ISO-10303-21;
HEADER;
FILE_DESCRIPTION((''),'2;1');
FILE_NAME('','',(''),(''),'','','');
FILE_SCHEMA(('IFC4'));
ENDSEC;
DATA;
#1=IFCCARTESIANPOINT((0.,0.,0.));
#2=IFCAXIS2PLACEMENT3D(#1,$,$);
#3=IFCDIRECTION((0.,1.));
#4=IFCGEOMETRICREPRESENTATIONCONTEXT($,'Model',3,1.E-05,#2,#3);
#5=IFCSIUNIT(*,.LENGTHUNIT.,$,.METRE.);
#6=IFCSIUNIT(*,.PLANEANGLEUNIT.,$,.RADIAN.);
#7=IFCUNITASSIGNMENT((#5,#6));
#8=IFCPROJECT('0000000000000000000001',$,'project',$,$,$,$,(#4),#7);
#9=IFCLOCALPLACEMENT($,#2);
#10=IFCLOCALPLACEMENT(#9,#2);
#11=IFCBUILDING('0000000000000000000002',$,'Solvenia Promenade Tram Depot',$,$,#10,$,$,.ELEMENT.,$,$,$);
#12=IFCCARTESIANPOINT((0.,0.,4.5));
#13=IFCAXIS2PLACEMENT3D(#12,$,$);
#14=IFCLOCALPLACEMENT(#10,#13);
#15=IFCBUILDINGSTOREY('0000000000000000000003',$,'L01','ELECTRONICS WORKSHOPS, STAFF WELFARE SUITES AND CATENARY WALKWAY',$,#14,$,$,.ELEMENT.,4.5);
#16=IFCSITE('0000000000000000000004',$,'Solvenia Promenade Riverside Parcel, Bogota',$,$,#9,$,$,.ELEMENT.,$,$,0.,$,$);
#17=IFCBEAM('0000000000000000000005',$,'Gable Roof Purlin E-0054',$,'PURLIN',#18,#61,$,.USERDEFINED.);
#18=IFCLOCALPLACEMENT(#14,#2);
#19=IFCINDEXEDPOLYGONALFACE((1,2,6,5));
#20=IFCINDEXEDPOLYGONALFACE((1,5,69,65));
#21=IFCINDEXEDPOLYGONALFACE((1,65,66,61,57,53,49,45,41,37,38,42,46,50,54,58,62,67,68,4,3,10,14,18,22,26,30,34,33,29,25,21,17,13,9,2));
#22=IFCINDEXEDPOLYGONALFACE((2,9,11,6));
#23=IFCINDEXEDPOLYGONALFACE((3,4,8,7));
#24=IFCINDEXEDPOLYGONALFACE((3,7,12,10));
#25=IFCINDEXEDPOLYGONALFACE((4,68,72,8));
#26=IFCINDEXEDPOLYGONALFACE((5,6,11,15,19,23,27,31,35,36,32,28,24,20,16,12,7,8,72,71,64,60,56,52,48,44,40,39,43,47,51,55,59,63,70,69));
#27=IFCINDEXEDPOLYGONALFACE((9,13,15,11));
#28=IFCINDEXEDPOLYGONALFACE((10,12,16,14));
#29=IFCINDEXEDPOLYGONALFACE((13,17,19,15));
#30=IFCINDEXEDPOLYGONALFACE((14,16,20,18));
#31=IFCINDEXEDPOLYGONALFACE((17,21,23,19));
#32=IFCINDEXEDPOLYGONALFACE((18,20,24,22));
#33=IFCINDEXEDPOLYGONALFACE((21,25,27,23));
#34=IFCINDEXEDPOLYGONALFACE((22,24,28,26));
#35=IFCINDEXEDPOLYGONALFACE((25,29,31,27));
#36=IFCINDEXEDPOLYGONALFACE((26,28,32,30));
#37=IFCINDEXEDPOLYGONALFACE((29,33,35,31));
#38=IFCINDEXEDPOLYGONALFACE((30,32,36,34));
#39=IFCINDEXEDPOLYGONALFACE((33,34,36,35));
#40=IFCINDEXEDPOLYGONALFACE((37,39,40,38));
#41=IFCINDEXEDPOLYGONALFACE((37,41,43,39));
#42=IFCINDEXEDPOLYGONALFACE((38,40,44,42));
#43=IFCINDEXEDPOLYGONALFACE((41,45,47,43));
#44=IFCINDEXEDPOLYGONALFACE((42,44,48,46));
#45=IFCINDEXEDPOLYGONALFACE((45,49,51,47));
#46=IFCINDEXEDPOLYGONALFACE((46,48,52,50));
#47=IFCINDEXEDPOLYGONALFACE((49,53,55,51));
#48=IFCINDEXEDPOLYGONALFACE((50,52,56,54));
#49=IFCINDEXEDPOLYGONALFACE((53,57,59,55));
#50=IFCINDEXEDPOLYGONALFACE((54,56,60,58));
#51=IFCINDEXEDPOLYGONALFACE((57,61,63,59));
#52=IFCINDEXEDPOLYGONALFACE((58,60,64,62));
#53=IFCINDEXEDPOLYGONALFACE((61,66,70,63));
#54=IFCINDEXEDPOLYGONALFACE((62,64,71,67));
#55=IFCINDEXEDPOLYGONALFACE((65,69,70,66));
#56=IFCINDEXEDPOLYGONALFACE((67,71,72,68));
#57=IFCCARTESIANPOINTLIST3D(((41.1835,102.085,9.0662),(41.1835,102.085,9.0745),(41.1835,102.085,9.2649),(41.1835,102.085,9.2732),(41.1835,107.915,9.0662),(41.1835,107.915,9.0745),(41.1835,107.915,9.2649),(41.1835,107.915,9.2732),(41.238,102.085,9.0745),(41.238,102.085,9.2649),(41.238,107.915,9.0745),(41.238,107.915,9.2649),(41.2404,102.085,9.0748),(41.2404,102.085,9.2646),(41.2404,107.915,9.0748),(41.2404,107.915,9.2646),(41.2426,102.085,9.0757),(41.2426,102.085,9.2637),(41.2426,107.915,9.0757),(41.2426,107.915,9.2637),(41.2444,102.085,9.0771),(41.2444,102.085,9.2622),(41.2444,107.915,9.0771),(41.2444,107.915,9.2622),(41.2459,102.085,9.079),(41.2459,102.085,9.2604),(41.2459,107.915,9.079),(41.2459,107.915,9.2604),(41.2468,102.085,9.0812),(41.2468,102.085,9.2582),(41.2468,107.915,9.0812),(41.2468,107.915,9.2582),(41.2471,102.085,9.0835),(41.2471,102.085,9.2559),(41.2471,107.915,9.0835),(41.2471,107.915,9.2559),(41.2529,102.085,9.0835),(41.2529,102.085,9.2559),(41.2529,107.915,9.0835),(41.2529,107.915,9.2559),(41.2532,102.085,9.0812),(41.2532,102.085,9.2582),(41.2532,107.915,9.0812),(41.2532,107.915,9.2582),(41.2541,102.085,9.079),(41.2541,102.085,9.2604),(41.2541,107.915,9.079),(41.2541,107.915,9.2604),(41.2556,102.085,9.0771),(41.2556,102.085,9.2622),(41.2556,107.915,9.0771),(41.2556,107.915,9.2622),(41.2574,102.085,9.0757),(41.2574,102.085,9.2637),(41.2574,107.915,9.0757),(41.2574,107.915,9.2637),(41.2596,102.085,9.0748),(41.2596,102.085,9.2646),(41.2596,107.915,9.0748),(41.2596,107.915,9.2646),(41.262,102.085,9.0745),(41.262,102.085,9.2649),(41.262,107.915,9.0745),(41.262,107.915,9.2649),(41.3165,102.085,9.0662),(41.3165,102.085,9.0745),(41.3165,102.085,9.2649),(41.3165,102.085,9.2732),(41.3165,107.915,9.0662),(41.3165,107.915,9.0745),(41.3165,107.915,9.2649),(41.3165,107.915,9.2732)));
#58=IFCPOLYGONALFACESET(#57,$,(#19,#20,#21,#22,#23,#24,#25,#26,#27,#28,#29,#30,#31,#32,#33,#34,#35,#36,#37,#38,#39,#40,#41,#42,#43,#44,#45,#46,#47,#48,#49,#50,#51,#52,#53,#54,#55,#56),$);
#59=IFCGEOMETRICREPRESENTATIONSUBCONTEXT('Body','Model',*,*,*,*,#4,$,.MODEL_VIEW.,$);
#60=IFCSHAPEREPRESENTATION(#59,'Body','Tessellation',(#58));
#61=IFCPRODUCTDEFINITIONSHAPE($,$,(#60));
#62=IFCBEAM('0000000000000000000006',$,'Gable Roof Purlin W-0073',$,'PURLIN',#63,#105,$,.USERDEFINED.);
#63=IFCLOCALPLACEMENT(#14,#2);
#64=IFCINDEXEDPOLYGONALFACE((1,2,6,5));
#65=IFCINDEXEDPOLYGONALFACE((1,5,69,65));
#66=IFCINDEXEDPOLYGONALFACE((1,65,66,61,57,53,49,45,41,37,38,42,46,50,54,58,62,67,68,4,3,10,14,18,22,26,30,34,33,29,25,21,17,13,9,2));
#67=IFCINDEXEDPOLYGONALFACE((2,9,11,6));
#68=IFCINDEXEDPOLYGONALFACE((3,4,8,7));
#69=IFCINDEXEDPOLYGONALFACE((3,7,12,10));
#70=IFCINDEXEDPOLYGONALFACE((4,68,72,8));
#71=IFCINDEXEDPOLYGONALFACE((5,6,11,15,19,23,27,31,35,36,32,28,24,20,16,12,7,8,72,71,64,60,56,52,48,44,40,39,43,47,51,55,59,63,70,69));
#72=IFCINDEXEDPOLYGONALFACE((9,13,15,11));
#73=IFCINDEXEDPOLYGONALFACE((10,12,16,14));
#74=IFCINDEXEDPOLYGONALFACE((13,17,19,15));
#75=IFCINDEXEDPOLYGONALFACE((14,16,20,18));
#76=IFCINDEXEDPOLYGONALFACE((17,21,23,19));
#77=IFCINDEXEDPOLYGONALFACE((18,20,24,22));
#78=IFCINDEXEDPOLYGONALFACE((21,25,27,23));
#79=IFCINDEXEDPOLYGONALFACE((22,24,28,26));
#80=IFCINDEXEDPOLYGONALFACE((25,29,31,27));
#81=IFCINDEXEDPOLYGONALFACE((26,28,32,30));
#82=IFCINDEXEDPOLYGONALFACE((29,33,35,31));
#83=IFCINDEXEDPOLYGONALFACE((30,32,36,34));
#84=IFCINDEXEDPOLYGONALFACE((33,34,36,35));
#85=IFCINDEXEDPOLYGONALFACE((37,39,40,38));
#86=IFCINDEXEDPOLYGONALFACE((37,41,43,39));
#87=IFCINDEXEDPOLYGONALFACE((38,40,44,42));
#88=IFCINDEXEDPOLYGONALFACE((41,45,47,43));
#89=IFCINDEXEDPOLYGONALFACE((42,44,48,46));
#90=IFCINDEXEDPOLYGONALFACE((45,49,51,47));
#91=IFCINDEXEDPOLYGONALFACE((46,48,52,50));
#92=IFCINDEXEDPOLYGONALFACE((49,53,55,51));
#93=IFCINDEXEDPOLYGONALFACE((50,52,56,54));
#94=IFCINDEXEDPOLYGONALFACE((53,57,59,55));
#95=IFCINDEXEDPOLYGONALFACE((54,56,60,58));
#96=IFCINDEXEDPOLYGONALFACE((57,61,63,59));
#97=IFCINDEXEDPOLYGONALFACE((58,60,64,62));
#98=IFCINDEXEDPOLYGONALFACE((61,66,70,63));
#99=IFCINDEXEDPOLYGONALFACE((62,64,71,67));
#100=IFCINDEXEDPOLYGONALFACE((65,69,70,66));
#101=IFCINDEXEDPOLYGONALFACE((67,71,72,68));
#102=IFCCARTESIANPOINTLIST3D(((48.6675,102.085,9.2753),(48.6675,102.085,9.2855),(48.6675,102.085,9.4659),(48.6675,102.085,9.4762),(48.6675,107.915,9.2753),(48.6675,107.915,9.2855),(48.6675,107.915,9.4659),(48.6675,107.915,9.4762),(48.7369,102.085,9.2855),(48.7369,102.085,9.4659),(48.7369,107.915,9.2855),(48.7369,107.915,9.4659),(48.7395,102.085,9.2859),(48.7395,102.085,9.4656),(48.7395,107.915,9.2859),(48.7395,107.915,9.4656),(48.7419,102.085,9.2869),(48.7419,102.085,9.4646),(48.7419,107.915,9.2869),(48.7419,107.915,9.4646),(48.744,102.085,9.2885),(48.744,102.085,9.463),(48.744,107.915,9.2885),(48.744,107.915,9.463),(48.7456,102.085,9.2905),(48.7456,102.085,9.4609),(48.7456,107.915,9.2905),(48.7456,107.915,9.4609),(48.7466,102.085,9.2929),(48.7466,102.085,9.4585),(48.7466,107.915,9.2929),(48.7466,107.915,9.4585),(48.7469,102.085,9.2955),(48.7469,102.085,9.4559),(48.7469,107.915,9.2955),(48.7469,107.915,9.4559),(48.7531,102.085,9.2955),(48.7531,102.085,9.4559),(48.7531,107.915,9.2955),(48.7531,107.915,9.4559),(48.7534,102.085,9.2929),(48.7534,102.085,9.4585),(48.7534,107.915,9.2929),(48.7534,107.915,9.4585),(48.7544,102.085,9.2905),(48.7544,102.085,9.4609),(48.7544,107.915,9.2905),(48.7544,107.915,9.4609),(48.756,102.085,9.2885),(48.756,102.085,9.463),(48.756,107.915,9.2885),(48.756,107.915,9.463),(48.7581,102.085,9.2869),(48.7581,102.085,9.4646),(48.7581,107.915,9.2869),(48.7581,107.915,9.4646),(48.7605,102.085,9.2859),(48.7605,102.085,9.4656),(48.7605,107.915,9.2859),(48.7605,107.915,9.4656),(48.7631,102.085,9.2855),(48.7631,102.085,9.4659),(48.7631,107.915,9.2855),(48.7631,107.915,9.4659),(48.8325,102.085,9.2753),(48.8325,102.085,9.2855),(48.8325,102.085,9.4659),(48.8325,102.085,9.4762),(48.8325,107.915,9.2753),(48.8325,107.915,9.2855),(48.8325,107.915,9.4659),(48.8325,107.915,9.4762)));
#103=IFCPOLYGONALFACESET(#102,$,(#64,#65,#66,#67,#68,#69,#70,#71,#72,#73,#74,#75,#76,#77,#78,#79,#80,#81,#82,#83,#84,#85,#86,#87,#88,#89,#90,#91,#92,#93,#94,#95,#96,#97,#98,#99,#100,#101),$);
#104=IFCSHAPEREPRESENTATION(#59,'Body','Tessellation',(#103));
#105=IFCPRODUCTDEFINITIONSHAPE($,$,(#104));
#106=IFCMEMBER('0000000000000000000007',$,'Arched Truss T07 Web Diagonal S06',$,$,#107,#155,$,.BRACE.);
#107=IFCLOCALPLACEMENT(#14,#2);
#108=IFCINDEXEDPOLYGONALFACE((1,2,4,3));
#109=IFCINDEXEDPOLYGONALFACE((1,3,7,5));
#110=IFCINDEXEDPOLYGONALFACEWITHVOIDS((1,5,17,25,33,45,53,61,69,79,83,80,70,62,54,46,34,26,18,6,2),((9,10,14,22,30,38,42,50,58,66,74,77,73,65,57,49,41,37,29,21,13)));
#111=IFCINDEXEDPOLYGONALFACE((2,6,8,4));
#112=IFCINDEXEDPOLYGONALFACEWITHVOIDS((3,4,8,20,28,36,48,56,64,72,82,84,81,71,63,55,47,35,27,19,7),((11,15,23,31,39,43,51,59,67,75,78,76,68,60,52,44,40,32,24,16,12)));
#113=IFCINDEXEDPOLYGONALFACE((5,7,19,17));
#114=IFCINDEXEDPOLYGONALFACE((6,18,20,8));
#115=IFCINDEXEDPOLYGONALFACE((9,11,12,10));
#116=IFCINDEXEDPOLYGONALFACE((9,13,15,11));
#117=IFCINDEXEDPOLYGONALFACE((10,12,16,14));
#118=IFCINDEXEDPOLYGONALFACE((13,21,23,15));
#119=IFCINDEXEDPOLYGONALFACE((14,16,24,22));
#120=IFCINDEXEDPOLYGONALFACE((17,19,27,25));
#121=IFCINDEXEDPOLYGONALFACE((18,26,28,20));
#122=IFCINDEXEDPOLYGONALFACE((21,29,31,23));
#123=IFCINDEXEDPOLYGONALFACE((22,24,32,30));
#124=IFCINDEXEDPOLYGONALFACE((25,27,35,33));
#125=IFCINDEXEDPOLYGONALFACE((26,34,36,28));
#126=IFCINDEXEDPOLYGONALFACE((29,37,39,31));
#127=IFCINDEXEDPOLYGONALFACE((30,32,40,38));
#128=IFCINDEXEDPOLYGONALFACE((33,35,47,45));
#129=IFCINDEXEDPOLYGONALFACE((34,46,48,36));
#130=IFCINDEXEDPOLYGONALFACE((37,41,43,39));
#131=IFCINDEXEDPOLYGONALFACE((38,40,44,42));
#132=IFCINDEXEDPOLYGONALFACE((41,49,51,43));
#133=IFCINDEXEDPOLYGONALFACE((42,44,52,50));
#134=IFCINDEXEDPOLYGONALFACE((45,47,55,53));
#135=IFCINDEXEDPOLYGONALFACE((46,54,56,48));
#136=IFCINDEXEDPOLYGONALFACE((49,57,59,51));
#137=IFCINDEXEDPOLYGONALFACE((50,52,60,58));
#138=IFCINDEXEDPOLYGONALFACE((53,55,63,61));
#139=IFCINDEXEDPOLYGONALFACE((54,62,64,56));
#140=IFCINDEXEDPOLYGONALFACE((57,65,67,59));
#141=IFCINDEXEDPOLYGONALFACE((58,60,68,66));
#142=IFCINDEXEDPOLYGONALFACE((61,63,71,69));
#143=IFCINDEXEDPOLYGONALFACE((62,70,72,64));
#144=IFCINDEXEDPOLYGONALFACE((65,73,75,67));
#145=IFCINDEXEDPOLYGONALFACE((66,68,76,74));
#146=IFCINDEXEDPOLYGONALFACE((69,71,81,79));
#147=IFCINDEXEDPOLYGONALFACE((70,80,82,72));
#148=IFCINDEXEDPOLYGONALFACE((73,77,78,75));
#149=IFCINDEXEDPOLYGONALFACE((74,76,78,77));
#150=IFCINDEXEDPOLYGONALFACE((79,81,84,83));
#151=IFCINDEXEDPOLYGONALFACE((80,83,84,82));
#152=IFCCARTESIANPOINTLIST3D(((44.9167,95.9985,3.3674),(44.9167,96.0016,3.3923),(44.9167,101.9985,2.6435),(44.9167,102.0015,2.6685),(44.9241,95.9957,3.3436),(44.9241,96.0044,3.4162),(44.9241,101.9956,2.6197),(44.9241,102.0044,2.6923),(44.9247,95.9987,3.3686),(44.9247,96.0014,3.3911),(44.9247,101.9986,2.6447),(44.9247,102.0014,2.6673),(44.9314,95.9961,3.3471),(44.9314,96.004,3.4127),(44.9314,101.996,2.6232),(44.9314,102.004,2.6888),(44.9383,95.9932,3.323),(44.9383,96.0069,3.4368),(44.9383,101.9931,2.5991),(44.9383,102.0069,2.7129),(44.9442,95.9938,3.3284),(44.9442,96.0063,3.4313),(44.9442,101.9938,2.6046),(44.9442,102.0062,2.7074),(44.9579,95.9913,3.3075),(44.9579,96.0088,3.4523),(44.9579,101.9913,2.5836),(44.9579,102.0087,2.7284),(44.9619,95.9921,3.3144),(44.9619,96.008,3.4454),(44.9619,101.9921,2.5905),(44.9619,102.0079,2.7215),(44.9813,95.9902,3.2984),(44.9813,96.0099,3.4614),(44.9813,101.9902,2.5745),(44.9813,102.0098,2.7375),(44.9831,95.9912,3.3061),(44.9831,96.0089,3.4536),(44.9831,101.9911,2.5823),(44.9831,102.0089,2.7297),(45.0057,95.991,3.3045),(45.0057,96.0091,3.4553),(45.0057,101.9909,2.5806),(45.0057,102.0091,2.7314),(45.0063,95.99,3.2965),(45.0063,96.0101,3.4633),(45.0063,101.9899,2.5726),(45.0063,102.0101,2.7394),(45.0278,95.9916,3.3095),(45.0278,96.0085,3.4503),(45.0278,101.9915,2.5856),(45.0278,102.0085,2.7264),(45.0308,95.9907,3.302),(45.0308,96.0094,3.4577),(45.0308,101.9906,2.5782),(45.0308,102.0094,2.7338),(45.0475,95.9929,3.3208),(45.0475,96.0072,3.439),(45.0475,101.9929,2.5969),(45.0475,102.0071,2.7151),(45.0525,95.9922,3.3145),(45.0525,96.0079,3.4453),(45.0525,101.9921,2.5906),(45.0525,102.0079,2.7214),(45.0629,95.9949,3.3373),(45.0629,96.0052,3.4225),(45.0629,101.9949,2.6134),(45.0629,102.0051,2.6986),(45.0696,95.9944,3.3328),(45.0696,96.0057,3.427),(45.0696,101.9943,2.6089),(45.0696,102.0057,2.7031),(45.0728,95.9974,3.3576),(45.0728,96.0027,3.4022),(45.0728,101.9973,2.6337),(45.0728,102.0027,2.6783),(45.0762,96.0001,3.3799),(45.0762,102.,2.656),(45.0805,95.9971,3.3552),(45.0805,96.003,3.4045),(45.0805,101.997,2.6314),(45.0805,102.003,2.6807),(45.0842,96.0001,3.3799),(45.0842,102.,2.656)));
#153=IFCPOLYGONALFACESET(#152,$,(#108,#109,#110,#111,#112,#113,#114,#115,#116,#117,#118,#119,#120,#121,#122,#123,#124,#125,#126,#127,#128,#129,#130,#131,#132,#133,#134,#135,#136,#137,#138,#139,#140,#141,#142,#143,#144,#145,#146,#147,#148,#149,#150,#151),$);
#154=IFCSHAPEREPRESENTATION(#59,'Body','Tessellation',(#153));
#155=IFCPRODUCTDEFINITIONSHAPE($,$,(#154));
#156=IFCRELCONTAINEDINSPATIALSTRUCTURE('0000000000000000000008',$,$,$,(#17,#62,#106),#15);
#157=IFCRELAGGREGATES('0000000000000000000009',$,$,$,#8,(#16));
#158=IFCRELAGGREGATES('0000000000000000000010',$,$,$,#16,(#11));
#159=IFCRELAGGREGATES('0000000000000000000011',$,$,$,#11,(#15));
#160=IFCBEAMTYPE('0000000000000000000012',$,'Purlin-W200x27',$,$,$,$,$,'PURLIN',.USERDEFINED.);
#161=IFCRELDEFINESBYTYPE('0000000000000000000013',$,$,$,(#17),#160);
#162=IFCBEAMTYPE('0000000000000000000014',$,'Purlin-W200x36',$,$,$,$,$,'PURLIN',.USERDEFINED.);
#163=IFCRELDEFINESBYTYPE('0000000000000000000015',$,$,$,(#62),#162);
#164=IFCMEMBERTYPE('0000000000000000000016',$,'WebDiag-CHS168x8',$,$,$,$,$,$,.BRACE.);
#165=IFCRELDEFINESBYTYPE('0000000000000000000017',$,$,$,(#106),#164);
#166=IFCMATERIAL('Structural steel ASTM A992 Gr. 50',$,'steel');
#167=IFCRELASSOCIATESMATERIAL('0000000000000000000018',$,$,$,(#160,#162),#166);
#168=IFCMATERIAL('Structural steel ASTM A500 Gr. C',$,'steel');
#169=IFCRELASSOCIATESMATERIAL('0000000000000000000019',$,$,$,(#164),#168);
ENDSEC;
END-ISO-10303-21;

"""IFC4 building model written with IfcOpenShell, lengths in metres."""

from ifc_helpers import new_model, si_unit, direction, frame, origin, origin_2d, place, context, subcontext, project, spatial, hollow_circle, i_section, extrude, material, material_profile, profile_set, type_object, element, save


model = new_model("IFC4")

# Units and contexts
model_context = context("Model", 3, precision=1e-05, world=origin(), true_north=direction((0.0, 1.0)))
body_context = subcontext(model_context, "Body", "Model", "MODEL_VIEW")
ifc_project = project(units=[si_unit("LENGTHUNIT", "METRE"), si_unit("PLANEANGLEUNIT", "RADIAN")], contexts=[model_context])

# Site, building, storey
site_placement = place(None, origin())
site = spatial("IfcSite", under=ifc_project, at=site_placement, Name="Solvenia Promenade Riverside Parcel, Bogota", CompositionType="ELEMENT", RefElevation=0.0)
building_placement = place(site_placement, origin())
building = spatial("IfcBuilding", under=site, at=building_placement, Name="Solvenia Promenade Tram Depot", CompositionType="ELEMENT")
storey_placement = place(building_placement, frame((0.0, 0.0, 4.5)))
storey = spatial("IfcBuildingStorey", under=building, at=storey_placement, Name="L01", Description="ELECTRONICS WORKSHOPS, STAFF WELFARE SUITES AND CATENARY WALKWAY", CompositionType="ELEMENT", Elevation=4.5)

# Shared definitions
ifc_material_1 = material(Name="Structural steel ASTM A500 Gr. C", Category="steel")

# Beams
ifc_material_2 = material(Name="Structural steel ASTM A992 Gr. 50", Category="steel")
ifc_material_profile_1 = material_profile(ifc_material_2, i_section(OverallWidth=0.1331, OverallDepth=0.207, WebThickness=0.0059, FlangeThickness=0.0083, FilletRadius=0.009, at=origin_2d()), Name="W200x27", Category="steel")
ifc_profile_set_1 = profile_set([ifc_material_profile_1], Name="Structural steel ASTM A992 Gr. 50")
beam_type_1 = type_object("IfcBeamType", Name="Purlin-W200x27", ElementType="PURLIN", PredefinedType="USERDEFINED", material=ifc_profile_set_1)
beam_1_placement = place(storey_placement, frame((41.25, 102.085, 9.1697), z_axis=(0.0, 1.0, 0.0), x_axis=(-1.0, 0.0, 0.0)))
element("IfcBeam", 1, at=beam_1_placement, inside=storey, type_object=beam_type_1, Name="Gable Roof Purlin E-0054", ObjectType="PURLIN", PredefinedType="USERDEFINED", context=body_context, shape_type="SweptSolid", body=[
    extrude(i_section(OverallWidth=0.1331, OverallDepth=0.207, WebThickness=0.0059, FlangeThickness=0.0083, FilletRadius=0.009, at=origin_2d()), origin(), (0.0, 0.0, 1.0), 5.8301),
])
ifc_material_profile_2 = material_profile(ifc_material_2, i_section(OverallWidth=0.165, OverallDepth=0.2009, WebThickness=0.0061, FlangeThickness=0.0103, FilletRadius=0.01, at=origin_2d()), Name="W200x36", Category="steel")
ifc_profile_set_2 = profile_set([ifc_material_profile_2], Name="Structural steel ASTM A992 Gr. 50")
beam_type_2 = type_object("IfcBeamType", Name="Purlin-W200x36", ElementType="PURLIN", PredefinedType="USERDEFINED", material=ifc_profile_set_2)
beam_2_placement = place(storey_placement, frame((48.75, 102.085, 9.3757), z_axis=(0.0, 1.0, 0.0), x_axis=(-1.0, 0.0, 0.0)))
element("IfcBeam", 2, at=beam_2_placement, inside=storey, type_object=beam_type_2, Name="Gable Roof Purlin W-0073", ObjectType="PURLIN", PredefinedType="USERDEFINED", context=body_context, shape_type="SweptSolid", body=[
    extrude(i_section(OverallWidth=0.165, OverallDepth=0.2009, WebThickness=0.0061, FlangeThickness=0.0103, FilletRadius=0.01, at=origin_2d()), origin(), (0.0, 0.0, 1.0), 5.8301),
])

# Member
ifc_material_profile_3 = material_profile(ifc_material_1, hollow_circle(Radius=0.0842, WallThickness=0.0081, at=origin_2d()), Name="CHS168.3x8", Category="steel")
ifc_profile_set_3 = profile_set([ifc_material_profile_3], Name="Structural steel ASTM A500 Gr. C")
member_type_1 = type_object("IfcMemberType", Name="WebDiag-CHS168x8", PredefinedType="BRACE", material=ifc_profile_set_3)
member_1_placement = place(storey_placement, frame((45.0, 102.0, 2.656), z_axis=(0.0, -0.992801, 0.119778), x_axis=(1.0, 0.0, 0.0)))
element("IfcMember", 3, at=member_1_placement, inside=storey, type_object=member_type_1, Name="Arched Truss T07 Web Diagonal S06", PredefinedType="BRACE", context=body_context, shape_type="SweptSolid", body=[
    extrude(hollow_circle(Radius=0.0842, WallThickness=0.0081, at=origin_2d()), origin(), (0.0, 0.0, 1.0), 6.0435),
])

save(model, "model.ifc")
